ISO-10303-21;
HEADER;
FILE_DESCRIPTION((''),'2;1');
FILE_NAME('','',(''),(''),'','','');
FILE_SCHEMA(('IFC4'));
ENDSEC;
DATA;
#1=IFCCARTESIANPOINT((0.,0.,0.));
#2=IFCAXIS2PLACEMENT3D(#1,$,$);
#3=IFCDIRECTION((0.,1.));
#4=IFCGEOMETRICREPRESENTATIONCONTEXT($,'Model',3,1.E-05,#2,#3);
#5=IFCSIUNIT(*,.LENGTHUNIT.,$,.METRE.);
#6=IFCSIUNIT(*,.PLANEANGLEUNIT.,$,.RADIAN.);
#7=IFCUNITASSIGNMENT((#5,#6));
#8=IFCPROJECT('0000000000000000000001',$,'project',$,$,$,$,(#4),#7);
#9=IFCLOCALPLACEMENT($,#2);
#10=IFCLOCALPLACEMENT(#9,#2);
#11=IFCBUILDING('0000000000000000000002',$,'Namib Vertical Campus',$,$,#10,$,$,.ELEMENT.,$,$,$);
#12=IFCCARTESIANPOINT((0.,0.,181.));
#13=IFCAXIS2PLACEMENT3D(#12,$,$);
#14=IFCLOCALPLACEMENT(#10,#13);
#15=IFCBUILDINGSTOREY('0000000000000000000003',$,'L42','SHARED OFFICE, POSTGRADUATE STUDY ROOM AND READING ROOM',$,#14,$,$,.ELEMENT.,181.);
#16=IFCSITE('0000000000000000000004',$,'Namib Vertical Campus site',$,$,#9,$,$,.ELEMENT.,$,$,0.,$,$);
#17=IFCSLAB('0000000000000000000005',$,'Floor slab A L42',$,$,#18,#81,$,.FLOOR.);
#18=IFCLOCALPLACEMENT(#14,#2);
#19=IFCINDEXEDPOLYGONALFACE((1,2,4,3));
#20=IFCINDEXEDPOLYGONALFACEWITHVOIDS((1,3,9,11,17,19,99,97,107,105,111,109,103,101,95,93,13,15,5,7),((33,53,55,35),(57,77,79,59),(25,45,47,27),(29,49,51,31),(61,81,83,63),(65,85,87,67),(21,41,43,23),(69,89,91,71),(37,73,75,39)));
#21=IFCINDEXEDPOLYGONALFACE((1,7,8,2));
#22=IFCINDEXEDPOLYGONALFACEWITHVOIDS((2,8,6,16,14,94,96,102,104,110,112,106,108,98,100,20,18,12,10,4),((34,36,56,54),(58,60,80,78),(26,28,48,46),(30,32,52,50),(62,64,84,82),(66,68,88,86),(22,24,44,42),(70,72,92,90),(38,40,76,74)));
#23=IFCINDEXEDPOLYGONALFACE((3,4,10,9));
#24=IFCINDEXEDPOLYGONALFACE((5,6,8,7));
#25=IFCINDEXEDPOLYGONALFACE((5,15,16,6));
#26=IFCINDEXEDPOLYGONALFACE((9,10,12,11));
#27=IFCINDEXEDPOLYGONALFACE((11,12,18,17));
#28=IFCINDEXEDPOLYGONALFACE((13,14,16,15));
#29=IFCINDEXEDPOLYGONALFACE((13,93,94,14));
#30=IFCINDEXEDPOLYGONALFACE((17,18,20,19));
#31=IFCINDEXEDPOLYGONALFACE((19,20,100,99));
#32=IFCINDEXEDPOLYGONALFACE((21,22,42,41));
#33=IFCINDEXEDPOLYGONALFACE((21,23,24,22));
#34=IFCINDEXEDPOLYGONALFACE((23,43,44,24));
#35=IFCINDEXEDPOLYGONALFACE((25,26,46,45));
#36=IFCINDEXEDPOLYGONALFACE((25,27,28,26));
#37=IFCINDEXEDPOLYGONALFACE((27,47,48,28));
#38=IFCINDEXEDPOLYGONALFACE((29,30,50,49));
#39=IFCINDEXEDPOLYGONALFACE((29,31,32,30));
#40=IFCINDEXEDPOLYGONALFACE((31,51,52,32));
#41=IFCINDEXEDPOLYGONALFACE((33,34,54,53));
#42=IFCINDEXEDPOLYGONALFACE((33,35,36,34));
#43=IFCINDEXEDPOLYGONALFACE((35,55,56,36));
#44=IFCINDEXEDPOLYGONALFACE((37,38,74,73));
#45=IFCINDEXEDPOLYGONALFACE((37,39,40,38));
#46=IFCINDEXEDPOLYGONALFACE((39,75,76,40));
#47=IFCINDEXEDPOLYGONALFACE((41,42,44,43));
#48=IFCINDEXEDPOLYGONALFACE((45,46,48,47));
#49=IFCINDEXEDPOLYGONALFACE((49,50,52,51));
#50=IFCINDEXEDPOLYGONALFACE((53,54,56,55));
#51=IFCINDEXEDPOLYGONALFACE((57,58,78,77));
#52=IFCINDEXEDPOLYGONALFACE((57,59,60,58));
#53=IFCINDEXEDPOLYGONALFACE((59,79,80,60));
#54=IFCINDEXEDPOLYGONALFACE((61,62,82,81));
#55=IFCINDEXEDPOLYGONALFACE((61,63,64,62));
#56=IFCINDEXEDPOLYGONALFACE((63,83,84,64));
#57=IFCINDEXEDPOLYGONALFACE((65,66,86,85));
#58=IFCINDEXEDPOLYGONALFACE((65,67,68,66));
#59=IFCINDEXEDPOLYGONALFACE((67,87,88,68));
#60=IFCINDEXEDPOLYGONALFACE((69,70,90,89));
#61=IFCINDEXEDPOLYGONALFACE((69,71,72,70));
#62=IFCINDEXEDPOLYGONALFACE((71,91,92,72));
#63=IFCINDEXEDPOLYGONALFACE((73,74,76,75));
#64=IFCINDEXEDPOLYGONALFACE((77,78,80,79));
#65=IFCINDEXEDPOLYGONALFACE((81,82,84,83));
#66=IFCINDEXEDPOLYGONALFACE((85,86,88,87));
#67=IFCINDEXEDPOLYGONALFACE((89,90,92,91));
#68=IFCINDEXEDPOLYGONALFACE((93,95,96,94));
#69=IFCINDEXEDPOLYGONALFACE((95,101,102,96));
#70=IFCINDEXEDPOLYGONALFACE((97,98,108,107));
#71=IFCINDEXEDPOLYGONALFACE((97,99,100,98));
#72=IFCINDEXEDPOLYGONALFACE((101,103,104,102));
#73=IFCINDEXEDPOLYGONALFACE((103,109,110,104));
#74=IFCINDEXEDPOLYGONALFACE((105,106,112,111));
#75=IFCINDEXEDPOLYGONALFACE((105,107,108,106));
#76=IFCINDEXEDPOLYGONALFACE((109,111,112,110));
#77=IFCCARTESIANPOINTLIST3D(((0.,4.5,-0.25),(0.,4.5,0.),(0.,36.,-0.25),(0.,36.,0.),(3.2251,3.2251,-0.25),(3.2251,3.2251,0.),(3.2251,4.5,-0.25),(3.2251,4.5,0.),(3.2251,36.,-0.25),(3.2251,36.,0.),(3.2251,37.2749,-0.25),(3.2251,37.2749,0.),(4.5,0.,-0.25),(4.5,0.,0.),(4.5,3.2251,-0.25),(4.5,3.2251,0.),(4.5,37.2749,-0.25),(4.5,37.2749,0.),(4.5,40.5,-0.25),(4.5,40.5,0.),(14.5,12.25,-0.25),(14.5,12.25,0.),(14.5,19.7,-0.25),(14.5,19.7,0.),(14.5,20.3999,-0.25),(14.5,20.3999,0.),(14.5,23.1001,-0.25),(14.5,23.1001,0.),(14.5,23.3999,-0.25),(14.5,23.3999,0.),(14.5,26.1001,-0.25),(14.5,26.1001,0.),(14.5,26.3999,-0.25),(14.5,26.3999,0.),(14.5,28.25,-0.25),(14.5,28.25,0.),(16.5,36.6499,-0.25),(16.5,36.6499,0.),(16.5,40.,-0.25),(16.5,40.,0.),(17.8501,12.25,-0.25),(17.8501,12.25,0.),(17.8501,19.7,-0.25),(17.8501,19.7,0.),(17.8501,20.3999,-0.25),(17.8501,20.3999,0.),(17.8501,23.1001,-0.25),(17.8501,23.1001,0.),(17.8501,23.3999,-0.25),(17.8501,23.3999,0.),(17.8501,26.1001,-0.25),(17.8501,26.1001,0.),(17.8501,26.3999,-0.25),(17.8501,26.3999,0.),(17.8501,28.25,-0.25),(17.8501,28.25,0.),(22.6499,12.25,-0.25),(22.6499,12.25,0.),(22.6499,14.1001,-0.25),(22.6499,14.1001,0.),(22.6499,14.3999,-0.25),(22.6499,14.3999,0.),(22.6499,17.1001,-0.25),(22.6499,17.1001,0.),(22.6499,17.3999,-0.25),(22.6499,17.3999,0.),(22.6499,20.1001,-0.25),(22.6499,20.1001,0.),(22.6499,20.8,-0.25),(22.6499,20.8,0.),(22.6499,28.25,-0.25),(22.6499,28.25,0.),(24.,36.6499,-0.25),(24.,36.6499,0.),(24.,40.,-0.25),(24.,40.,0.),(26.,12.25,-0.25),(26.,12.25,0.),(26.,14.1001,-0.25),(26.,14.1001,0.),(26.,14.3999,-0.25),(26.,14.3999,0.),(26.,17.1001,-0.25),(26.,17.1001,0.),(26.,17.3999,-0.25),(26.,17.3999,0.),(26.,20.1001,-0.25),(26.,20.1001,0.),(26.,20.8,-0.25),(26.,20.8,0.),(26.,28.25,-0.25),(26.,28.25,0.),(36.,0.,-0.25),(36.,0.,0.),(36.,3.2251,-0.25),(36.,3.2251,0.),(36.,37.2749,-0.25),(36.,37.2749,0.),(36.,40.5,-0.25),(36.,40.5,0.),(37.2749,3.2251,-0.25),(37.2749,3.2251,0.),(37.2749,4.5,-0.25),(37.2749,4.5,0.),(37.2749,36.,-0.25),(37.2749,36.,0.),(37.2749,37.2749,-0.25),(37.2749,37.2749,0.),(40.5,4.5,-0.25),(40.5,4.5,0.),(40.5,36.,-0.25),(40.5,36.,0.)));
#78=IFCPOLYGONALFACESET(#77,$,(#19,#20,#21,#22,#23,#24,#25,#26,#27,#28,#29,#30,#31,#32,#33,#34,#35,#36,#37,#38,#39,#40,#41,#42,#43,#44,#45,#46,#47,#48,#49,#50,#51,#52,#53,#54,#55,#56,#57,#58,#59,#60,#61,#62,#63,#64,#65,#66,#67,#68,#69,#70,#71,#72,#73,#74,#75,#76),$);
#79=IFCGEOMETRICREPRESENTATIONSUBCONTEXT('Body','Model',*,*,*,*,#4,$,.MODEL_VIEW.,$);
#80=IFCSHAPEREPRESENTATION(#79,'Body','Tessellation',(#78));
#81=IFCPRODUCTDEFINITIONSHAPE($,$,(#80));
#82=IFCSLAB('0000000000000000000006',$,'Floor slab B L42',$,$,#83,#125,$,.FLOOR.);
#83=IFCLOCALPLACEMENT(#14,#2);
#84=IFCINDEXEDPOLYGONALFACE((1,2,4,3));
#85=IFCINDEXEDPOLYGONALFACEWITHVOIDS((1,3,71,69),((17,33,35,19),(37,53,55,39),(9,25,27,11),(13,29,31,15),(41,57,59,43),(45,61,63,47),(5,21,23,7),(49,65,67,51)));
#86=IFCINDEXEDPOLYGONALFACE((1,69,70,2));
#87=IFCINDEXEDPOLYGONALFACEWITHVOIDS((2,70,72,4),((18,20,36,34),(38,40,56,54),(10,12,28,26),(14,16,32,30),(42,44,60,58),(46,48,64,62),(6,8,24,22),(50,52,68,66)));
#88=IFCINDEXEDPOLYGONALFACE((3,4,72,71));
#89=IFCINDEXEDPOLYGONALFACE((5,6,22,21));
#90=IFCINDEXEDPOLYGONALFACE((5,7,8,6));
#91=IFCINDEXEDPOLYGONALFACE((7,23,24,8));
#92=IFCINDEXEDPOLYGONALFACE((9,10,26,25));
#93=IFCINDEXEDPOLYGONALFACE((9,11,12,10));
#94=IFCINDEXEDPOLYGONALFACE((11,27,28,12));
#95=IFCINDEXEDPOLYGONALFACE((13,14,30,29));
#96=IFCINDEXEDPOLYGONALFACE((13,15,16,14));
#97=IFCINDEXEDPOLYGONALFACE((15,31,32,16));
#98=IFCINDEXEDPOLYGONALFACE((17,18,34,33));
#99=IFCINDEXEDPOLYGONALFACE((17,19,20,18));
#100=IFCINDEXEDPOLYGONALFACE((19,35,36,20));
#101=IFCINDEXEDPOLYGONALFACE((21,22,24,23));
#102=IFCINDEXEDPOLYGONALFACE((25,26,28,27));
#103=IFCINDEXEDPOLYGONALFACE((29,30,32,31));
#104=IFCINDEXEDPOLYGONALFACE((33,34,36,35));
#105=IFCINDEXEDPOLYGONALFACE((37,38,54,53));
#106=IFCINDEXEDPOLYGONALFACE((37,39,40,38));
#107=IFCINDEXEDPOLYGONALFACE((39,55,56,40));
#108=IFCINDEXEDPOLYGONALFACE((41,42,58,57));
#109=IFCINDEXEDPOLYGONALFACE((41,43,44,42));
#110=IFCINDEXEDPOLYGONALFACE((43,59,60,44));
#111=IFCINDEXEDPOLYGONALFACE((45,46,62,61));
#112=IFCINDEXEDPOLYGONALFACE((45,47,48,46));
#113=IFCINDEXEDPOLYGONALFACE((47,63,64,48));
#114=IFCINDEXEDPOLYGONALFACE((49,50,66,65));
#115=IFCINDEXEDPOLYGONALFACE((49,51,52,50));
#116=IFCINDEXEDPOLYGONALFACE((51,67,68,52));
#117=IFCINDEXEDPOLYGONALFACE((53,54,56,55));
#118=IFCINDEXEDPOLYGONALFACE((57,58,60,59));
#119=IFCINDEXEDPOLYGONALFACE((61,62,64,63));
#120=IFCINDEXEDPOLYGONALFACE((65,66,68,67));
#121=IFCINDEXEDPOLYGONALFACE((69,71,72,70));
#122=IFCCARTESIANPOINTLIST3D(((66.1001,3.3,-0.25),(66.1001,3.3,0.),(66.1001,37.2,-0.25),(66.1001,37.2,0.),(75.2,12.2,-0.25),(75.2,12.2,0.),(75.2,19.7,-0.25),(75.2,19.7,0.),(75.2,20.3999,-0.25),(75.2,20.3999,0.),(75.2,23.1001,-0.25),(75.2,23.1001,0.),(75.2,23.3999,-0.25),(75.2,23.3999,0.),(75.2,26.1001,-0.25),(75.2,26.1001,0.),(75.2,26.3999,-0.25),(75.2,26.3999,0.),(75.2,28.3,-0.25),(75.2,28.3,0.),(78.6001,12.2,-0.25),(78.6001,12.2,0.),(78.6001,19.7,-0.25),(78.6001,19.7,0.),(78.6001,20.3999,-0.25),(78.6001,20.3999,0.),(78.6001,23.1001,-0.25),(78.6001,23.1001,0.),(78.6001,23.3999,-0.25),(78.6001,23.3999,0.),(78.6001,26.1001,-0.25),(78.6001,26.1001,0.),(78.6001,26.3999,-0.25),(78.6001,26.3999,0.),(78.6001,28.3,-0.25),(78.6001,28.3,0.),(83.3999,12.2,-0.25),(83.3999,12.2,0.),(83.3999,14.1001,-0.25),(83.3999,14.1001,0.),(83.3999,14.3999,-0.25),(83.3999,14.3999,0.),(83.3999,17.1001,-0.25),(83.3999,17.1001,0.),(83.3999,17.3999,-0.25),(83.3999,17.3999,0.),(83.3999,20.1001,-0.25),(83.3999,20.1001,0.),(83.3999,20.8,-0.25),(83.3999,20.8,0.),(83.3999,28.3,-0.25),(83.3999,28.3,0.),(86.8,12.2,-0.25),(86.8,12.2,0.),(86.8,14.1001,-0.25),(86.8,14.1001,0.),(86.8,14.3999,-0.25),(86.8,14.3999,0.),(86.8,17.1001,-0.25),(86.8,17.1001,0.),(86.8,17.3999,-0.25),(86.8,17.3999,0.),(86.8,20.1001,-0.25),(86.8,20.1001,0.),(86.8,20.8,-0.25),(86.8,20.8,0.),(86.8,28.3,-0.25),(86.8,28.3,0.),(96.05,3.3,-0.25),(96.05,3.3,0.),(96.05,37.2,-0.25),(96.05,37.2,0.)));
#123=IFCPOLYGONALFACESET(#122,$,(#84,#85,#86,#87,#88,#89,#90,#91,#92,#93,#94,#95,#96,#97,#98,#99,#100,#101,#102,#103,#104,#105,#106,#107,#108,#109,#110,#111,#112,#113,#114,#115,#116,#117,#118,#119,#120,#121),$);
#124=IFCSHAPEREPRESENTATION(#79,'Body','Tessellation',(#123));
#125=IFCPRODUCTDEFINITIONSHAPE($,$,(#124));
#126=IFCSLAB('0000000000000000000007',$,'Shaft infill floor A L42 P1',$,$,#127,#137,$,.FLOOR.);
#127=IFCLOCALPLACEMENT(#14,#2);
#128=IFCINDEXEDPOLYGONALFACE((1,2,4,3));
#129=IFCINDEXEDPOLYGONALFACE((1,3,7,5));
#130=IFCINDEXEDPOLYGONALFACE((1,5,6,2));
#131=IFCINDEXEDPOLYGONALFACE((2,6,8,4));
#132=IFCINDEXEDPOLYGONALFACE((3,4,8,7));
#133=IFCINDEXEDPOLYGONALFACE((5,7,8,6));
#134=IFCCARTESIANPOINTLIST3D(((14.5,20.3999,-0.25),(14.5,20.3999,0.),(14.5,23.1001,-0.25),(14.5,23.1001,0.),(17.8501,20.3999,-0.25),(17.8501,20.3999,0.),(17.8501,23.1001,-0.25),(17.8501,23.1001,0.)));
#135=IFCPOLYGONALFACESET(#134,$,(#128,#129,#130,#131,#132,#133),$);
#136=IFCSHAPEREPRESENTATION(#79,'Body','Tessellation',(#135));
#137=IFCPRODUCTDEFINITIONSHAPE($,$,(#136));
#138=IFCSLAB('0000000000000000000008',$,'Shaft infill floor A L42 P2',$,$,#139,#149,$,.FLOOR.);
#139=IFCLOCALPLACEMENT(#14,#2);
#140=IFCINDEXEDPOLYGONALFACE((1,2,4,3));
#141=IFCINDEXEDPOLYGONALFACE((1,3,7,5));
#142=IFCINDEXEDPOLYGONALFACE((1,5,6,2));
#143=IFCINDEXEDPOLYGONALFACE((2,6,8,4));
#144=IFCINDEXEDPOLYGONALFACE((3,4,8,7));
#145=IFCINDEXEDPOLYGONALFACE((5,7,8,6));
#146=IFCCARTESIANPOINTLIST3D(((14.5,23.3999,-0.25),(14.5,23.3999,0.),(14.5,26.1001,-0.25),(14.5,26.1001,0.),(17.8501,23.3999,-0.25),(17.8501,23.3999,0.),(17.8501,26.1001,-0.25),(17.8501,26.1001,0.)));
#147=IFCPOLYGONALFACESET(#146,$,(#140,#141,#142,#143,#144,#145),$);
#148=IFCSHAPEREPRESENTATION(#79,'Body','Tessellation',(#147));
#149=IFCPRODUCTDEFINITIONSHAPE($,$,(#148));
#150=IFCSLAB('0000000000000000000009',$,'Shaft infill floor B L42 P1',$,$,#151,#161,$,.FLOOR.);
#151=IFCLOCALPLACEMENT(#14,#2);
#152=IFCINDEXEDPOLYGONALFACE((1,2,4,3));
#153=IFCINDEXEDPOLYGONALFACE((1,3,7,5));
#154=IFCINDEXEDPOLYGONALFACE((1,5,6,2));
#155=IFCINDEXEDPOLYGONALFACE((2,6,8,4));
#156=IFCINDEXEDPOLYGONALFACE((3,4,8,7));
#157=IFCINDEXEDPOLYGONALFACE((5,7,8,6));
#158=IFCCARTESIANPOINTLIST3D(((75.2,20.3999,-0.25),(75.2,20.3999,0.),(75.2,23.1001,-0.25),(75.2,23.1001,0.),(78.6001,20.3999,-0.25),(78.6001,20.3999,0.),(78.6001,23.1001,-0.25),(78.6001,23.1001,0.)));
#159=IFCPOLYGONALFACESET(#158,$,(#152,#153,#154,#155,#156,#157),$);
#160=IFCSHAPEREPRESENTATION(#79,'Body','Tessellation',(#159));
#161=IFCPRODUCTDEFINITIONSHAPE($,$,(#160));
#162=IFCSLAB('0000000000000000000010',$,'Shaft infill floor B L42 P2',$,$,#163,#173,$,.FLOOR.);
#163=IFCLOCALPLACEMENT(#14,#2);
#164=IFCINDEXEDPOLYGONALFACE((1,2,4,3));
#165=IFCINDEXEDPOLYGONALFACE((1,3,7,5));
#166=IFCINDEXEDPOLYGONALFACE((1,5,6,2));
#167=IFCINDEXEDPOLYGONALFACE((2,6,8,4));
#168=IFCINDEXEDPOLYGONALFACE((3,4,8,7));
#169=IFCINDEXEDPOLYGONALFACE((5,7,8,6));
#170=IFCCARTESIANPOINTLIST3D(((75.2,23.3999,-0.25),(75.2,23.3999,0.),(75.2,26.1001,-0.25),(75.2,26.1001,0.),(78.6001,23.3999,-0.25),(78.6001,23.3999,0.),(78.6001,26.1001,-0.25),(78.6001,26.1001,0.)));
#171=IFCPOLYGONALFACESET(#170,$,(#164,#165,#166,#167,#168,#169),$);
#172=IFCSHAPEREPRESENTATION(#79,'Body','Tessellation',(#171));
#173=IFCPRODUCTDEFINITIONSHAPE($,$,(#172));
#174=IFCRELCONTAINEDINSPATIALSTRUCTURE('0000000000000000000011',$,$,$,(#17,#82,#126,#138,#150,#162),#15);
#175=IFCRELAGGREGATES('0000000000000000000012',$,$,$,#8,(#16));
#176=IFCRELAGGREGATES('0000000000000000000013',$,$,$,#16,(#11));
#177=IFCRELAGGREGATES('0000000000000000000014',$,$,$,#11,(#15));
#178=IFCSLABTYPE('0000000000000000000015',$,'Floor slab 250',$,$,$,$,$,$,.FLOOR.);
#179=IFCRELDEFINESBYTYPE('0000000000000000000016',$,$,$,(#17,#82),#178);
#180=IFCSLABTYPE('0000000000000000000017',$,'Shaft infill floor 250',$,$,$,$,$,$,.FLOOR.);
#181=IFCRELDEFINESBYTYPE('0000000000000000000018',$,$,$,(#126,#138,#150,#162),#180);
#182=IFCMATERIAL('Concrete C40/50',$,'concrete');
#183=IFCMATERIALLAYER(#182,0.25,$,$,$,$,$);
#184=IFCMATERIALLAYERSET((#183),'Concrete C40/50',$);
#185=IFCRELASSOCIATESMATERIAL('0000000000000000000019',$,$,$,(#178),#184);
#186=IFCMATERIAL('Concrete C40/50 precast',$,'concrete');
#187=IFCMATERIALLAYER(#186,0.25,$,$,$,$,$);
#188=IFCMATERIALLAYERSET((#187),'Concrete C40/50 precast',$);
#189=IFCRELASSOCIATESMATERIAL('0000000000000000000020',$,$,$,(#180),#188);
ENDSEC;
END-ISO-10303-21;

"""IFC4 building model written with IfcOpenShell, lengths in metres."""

from ifc_helpers import new_model, si_unit, direction, frame, origin, place, context, subcontext, project, spatial, polyline, outline, extrude, material, layer, layer_set, type_object, element, save


model = new_model("IFC4")

# Units and contexts
model_context = context("Model", 3, precision=1e-05, world=origin(), true_north=direction((0.0, 1.0)))
body_context = subcontext(model_context, "Body", "Model", "MODEL_VIEW")
ifc_project = project(units=[si_unit("LENGTHUNIT", "METRE"), si_unit("PLANEANGLEUNIT", "RADIAN")], contexts=[model_context])

# Site, building, storey
site_placement = place(None, origin())
site = spatial("IfcSite", under=ifc_project, at=site_placement, Name="Namib Vertical Campus site", CompositionType="ELEMENT", RefElevation=0.0)
building_placement = place(site_placement, origin())
building = spatial("IfcBuilding", under=site, at=building_placement, Name="Namib Vertical Campus", CompositionType="ELEMENT")
storey_placement = place(building_placement, frame((0.0, 0.0, 181.0)))
storey = spatial("IfcBuildingStorey", under=building, at=storey_placement, Name="L42", Description="SHARED OFFICE, POSTGRADUATE STUDY ROOM AND READING ROOM", CompositionType="ELEMENT", Elevation=181.0)

# Slabs
ifc_material_1 = material(Name="Concrete C40/50", Category="concrete")
ifc_layer_1 = layer(ifc_material_1, 0.25)
ifc_layer_set_1 = layer_set([ifc_layer_1], Name="Concrete C40/50")
slab_type_1 = type_object("IfcSlabType", Name="Floor slab 250", PredefinedType="FLOOR", material=ifc_layer_set_1)
slab_1_placement = place(storey_placement, frame((0.0, 0.0, -0.25)))
element("IfcSlab", 1, at=slab_1_placement, inside=storey, type_object=slab_type_1, Name="Floor slab A L42", PredefinedType="FLOOR", context=body_context, shape_type="SweptSolid", body=[
    extrude(outline(polyline([(4.5, 0.0), (36.0, 0.0), (36.0, 3.2251), (37.2749, 3.2251), (37.2749, 4.5), (40.5, 4.5), (40.5, 36.0), (37.2749, 36.0), (37.2749, 37.2749), (36.0, 37.2749), (36.0, 40.5), (4.5, 40.5), (4.5, 37.2749), (3.2251, 37.2749), (3.2251, 36.0), (0.0, 36.0), (0.0, 4.5), (3.2251, 4.5), (3.2251, 3.2251), (4.5, 3.2251), (4.5, 0.0)]), holes=[polyline([(14.5, 12.25), (17.8501, 12.25), (17.8501, 19.7), (14.5, 19.7), (14.5, 12.25)]), polyline([(22.6499, 20.8), (26.0, 20.8), (26.0, 28.25), (22.6499, 28.25), (22.6499, 20.8)]), polyline([(22.6499, 12.25), (26.0, 12.25), (26.0, 14.1001), (22.6499, 14.1001), (22.6499, 12.25)]), polyline([(14.5, 20.3999), (17.8501, 20.3999), (17.8501, 23.1001), (14.5, 23.1001), (14.5, 20.3999)]), polyline([(14.5, 23.3999), (17.8501, 23.3999), (17.8501, 26.1001), (14.5, 26.1001), (14.5, 23.3999)]), polyline([(14.5, 26.3999), (17.8501, 26.3999), (17.8501, 28.25), (14.5, 28.25), (14.5, 26.3999)]), polyline([(22.6499, 14.3999), (26.0, 14.3999), (26.0, 17.1001), (22.6499, 17.1001), (22.6499, 14.3999)]), polyline([(22.6499, 17.3999), (26.0, 17.3999), (26.0, 20.1001), (22.6499, 20.1001), (22.6499, 17.3999)]), polyline([(16.5, 36.6499), (24.0, 36.6499), (24.0, 40.0), (16.5, 40.0), (16.5, 36.6499)])]), origin(), (0.0, 0.0, 1.0), 0.25),
])
slab_2_placement = place(storey_placement, frame((0.0, 0.0, -0.25)))
element("IfcSlab", 2, at=slab_2_placement, inside=storey, type_object=slab_type_1, Name="Floor slab B L42", PredefinedType="FLOOR", context=body_context, shape_type="SweptSolid", body=[
    extrude(outline(polyline([(66.1001, 3.3), (96.05, 3.3), (96.05, 37.2), (66.1001, 37.2), (66.1001, 3.3)]), holes=[polyline([(75.2, 12.2), (78.6001, 12.2), (78.6001, 19.7), (75.2, 19.7), (75.2, 12.2)]), polyline([(83.3999, 20.8), (86.8, 20.8), (86.8, 28.3), (83.3999, 28.3), (83.3999, 20.8)]), polyline([(83.3999, 12.2), (86.8, 12.2), (86.8, 14.1001), (83.3999, 14.1001), (83.3999, 12.2)]), polyline([(75.2, 20.3999), (78.6001, 20.3999), (78.6001, 23.1001), (75.2, 23.1001), (75.2, 20.3999)]), polyline([(75.2, 23.3999), (78.6001, 23.3999), (78.6001, 26.1001), (75.2, 26.1001), (75.2, 23.3999)]), polyline([(75.2, 26.3999), (78.6001, 26.3999), (78.6001, 28.3), (75.2, 28.3), (75.2, 26.3999)]), polyline([(83.3999, 14.3999), (86.8, 14.3999), (86.8, 17.1001), (83.3999, 17.1001), (83.3999, 14.3999)]), polyline([(83.3999, 17.3999), (86.8, 17.3999), (86.8, 20.1001), (83.3999, 20.1001), (83.3999, 17.3999)])]), origin(), (0.0, 0.0, 1.0), 0.25),
])
ifc_material_2 = material(Name="Concrete C40/50 precast", Category="concrete")
ifc_layer_2 = layer(ifc_material_2, 0.25)
ifc_layer_set_2 = layer_set([ifc_layer_2], Name="Concrete C40/50 precast")
slab_type_2 = type_object("IfcSlabType", Name="Shaft infill floor 250", PredefinedType="FLOOR", material=ifc_layer_set_2)
slab_3_placement = place(storey_placement, frame((0.0, 0.0, -0.25)))
element("IfcSlab", 3, at=slab_3_placement, inside=storey, type_object=slab_type_2, Name="Shaft infill floor A L42 P1", PredefinedType="FLOOR", context=body_context, shape_type="SweptSolid", body=[
    extrude(outline(polyline([(14.5, 20.3999), (17.8501, 20.3999), (17.8501, 23.1001), (14.5, 23.1001), (14.5, 20.3999)])), origin(), (0.0, 0.0, 1.0), 0.25),
])
slab_4_placement = place(storey_placement, frame((0.0, 0.0, -0.25)))
element("IfcSlab", 4, at=slab_4_placement, inside=storey, type_object=slab_type_2, Name="Shaft infill floor A L42 P2", PredefinedType="FLOOR", context=body_context, shape_type="SweptSolid", body=[
    extrude(outline(polyline([(14.5, 23.3999), (17.8501, 23.3999), (17.8501, 26.1001), (14.5, 26.1001), (14.5, 23.3999)])), origin(), (0.0, 0.0, 1.0), 0.25),
])
slab_5_placement = place(storey_placement, frame((0.0, 0.0, -0.25)))
element("IfcSlab", 5, at=slab_5_placement, inside=storey, type_object=slab_type_2, Name="Shaft infill floor B L42 P1", PredefinedType="FLOOR", context=body_context, shape_type="SweptSolid", body=[
    extrude(outline(polyline([(75.2, 20.3999), (78.6001, 20.3999), (78.6001, 23.1001), (75.2, 23.1001), (75.2, 20.3999)])), origin(), (0.0, 0.0, 1.0), 0.25),
])
slab_6_placement = place(storey_placement, frame((0.0, 0.0, -0.25)))
element("IfcSlab", 6, at=slab_6_placement, inside=storey, type_object=slab_type_2, Name="Shaft infill floor B L42 P2", PredefinedType="FLOOR", context=body_context, shape_type="SweptSolid", body=[
    extrude(outline(polyline([(75.2, 23.3999), (78.6001, 23.3999), (78.6001, 26.1001), (75.2, 26.1001), (75.2, 23.3999)])), origin(), (0.0, 0.0, 1.0), 0.25),
])

save(model, "model.ifc")
